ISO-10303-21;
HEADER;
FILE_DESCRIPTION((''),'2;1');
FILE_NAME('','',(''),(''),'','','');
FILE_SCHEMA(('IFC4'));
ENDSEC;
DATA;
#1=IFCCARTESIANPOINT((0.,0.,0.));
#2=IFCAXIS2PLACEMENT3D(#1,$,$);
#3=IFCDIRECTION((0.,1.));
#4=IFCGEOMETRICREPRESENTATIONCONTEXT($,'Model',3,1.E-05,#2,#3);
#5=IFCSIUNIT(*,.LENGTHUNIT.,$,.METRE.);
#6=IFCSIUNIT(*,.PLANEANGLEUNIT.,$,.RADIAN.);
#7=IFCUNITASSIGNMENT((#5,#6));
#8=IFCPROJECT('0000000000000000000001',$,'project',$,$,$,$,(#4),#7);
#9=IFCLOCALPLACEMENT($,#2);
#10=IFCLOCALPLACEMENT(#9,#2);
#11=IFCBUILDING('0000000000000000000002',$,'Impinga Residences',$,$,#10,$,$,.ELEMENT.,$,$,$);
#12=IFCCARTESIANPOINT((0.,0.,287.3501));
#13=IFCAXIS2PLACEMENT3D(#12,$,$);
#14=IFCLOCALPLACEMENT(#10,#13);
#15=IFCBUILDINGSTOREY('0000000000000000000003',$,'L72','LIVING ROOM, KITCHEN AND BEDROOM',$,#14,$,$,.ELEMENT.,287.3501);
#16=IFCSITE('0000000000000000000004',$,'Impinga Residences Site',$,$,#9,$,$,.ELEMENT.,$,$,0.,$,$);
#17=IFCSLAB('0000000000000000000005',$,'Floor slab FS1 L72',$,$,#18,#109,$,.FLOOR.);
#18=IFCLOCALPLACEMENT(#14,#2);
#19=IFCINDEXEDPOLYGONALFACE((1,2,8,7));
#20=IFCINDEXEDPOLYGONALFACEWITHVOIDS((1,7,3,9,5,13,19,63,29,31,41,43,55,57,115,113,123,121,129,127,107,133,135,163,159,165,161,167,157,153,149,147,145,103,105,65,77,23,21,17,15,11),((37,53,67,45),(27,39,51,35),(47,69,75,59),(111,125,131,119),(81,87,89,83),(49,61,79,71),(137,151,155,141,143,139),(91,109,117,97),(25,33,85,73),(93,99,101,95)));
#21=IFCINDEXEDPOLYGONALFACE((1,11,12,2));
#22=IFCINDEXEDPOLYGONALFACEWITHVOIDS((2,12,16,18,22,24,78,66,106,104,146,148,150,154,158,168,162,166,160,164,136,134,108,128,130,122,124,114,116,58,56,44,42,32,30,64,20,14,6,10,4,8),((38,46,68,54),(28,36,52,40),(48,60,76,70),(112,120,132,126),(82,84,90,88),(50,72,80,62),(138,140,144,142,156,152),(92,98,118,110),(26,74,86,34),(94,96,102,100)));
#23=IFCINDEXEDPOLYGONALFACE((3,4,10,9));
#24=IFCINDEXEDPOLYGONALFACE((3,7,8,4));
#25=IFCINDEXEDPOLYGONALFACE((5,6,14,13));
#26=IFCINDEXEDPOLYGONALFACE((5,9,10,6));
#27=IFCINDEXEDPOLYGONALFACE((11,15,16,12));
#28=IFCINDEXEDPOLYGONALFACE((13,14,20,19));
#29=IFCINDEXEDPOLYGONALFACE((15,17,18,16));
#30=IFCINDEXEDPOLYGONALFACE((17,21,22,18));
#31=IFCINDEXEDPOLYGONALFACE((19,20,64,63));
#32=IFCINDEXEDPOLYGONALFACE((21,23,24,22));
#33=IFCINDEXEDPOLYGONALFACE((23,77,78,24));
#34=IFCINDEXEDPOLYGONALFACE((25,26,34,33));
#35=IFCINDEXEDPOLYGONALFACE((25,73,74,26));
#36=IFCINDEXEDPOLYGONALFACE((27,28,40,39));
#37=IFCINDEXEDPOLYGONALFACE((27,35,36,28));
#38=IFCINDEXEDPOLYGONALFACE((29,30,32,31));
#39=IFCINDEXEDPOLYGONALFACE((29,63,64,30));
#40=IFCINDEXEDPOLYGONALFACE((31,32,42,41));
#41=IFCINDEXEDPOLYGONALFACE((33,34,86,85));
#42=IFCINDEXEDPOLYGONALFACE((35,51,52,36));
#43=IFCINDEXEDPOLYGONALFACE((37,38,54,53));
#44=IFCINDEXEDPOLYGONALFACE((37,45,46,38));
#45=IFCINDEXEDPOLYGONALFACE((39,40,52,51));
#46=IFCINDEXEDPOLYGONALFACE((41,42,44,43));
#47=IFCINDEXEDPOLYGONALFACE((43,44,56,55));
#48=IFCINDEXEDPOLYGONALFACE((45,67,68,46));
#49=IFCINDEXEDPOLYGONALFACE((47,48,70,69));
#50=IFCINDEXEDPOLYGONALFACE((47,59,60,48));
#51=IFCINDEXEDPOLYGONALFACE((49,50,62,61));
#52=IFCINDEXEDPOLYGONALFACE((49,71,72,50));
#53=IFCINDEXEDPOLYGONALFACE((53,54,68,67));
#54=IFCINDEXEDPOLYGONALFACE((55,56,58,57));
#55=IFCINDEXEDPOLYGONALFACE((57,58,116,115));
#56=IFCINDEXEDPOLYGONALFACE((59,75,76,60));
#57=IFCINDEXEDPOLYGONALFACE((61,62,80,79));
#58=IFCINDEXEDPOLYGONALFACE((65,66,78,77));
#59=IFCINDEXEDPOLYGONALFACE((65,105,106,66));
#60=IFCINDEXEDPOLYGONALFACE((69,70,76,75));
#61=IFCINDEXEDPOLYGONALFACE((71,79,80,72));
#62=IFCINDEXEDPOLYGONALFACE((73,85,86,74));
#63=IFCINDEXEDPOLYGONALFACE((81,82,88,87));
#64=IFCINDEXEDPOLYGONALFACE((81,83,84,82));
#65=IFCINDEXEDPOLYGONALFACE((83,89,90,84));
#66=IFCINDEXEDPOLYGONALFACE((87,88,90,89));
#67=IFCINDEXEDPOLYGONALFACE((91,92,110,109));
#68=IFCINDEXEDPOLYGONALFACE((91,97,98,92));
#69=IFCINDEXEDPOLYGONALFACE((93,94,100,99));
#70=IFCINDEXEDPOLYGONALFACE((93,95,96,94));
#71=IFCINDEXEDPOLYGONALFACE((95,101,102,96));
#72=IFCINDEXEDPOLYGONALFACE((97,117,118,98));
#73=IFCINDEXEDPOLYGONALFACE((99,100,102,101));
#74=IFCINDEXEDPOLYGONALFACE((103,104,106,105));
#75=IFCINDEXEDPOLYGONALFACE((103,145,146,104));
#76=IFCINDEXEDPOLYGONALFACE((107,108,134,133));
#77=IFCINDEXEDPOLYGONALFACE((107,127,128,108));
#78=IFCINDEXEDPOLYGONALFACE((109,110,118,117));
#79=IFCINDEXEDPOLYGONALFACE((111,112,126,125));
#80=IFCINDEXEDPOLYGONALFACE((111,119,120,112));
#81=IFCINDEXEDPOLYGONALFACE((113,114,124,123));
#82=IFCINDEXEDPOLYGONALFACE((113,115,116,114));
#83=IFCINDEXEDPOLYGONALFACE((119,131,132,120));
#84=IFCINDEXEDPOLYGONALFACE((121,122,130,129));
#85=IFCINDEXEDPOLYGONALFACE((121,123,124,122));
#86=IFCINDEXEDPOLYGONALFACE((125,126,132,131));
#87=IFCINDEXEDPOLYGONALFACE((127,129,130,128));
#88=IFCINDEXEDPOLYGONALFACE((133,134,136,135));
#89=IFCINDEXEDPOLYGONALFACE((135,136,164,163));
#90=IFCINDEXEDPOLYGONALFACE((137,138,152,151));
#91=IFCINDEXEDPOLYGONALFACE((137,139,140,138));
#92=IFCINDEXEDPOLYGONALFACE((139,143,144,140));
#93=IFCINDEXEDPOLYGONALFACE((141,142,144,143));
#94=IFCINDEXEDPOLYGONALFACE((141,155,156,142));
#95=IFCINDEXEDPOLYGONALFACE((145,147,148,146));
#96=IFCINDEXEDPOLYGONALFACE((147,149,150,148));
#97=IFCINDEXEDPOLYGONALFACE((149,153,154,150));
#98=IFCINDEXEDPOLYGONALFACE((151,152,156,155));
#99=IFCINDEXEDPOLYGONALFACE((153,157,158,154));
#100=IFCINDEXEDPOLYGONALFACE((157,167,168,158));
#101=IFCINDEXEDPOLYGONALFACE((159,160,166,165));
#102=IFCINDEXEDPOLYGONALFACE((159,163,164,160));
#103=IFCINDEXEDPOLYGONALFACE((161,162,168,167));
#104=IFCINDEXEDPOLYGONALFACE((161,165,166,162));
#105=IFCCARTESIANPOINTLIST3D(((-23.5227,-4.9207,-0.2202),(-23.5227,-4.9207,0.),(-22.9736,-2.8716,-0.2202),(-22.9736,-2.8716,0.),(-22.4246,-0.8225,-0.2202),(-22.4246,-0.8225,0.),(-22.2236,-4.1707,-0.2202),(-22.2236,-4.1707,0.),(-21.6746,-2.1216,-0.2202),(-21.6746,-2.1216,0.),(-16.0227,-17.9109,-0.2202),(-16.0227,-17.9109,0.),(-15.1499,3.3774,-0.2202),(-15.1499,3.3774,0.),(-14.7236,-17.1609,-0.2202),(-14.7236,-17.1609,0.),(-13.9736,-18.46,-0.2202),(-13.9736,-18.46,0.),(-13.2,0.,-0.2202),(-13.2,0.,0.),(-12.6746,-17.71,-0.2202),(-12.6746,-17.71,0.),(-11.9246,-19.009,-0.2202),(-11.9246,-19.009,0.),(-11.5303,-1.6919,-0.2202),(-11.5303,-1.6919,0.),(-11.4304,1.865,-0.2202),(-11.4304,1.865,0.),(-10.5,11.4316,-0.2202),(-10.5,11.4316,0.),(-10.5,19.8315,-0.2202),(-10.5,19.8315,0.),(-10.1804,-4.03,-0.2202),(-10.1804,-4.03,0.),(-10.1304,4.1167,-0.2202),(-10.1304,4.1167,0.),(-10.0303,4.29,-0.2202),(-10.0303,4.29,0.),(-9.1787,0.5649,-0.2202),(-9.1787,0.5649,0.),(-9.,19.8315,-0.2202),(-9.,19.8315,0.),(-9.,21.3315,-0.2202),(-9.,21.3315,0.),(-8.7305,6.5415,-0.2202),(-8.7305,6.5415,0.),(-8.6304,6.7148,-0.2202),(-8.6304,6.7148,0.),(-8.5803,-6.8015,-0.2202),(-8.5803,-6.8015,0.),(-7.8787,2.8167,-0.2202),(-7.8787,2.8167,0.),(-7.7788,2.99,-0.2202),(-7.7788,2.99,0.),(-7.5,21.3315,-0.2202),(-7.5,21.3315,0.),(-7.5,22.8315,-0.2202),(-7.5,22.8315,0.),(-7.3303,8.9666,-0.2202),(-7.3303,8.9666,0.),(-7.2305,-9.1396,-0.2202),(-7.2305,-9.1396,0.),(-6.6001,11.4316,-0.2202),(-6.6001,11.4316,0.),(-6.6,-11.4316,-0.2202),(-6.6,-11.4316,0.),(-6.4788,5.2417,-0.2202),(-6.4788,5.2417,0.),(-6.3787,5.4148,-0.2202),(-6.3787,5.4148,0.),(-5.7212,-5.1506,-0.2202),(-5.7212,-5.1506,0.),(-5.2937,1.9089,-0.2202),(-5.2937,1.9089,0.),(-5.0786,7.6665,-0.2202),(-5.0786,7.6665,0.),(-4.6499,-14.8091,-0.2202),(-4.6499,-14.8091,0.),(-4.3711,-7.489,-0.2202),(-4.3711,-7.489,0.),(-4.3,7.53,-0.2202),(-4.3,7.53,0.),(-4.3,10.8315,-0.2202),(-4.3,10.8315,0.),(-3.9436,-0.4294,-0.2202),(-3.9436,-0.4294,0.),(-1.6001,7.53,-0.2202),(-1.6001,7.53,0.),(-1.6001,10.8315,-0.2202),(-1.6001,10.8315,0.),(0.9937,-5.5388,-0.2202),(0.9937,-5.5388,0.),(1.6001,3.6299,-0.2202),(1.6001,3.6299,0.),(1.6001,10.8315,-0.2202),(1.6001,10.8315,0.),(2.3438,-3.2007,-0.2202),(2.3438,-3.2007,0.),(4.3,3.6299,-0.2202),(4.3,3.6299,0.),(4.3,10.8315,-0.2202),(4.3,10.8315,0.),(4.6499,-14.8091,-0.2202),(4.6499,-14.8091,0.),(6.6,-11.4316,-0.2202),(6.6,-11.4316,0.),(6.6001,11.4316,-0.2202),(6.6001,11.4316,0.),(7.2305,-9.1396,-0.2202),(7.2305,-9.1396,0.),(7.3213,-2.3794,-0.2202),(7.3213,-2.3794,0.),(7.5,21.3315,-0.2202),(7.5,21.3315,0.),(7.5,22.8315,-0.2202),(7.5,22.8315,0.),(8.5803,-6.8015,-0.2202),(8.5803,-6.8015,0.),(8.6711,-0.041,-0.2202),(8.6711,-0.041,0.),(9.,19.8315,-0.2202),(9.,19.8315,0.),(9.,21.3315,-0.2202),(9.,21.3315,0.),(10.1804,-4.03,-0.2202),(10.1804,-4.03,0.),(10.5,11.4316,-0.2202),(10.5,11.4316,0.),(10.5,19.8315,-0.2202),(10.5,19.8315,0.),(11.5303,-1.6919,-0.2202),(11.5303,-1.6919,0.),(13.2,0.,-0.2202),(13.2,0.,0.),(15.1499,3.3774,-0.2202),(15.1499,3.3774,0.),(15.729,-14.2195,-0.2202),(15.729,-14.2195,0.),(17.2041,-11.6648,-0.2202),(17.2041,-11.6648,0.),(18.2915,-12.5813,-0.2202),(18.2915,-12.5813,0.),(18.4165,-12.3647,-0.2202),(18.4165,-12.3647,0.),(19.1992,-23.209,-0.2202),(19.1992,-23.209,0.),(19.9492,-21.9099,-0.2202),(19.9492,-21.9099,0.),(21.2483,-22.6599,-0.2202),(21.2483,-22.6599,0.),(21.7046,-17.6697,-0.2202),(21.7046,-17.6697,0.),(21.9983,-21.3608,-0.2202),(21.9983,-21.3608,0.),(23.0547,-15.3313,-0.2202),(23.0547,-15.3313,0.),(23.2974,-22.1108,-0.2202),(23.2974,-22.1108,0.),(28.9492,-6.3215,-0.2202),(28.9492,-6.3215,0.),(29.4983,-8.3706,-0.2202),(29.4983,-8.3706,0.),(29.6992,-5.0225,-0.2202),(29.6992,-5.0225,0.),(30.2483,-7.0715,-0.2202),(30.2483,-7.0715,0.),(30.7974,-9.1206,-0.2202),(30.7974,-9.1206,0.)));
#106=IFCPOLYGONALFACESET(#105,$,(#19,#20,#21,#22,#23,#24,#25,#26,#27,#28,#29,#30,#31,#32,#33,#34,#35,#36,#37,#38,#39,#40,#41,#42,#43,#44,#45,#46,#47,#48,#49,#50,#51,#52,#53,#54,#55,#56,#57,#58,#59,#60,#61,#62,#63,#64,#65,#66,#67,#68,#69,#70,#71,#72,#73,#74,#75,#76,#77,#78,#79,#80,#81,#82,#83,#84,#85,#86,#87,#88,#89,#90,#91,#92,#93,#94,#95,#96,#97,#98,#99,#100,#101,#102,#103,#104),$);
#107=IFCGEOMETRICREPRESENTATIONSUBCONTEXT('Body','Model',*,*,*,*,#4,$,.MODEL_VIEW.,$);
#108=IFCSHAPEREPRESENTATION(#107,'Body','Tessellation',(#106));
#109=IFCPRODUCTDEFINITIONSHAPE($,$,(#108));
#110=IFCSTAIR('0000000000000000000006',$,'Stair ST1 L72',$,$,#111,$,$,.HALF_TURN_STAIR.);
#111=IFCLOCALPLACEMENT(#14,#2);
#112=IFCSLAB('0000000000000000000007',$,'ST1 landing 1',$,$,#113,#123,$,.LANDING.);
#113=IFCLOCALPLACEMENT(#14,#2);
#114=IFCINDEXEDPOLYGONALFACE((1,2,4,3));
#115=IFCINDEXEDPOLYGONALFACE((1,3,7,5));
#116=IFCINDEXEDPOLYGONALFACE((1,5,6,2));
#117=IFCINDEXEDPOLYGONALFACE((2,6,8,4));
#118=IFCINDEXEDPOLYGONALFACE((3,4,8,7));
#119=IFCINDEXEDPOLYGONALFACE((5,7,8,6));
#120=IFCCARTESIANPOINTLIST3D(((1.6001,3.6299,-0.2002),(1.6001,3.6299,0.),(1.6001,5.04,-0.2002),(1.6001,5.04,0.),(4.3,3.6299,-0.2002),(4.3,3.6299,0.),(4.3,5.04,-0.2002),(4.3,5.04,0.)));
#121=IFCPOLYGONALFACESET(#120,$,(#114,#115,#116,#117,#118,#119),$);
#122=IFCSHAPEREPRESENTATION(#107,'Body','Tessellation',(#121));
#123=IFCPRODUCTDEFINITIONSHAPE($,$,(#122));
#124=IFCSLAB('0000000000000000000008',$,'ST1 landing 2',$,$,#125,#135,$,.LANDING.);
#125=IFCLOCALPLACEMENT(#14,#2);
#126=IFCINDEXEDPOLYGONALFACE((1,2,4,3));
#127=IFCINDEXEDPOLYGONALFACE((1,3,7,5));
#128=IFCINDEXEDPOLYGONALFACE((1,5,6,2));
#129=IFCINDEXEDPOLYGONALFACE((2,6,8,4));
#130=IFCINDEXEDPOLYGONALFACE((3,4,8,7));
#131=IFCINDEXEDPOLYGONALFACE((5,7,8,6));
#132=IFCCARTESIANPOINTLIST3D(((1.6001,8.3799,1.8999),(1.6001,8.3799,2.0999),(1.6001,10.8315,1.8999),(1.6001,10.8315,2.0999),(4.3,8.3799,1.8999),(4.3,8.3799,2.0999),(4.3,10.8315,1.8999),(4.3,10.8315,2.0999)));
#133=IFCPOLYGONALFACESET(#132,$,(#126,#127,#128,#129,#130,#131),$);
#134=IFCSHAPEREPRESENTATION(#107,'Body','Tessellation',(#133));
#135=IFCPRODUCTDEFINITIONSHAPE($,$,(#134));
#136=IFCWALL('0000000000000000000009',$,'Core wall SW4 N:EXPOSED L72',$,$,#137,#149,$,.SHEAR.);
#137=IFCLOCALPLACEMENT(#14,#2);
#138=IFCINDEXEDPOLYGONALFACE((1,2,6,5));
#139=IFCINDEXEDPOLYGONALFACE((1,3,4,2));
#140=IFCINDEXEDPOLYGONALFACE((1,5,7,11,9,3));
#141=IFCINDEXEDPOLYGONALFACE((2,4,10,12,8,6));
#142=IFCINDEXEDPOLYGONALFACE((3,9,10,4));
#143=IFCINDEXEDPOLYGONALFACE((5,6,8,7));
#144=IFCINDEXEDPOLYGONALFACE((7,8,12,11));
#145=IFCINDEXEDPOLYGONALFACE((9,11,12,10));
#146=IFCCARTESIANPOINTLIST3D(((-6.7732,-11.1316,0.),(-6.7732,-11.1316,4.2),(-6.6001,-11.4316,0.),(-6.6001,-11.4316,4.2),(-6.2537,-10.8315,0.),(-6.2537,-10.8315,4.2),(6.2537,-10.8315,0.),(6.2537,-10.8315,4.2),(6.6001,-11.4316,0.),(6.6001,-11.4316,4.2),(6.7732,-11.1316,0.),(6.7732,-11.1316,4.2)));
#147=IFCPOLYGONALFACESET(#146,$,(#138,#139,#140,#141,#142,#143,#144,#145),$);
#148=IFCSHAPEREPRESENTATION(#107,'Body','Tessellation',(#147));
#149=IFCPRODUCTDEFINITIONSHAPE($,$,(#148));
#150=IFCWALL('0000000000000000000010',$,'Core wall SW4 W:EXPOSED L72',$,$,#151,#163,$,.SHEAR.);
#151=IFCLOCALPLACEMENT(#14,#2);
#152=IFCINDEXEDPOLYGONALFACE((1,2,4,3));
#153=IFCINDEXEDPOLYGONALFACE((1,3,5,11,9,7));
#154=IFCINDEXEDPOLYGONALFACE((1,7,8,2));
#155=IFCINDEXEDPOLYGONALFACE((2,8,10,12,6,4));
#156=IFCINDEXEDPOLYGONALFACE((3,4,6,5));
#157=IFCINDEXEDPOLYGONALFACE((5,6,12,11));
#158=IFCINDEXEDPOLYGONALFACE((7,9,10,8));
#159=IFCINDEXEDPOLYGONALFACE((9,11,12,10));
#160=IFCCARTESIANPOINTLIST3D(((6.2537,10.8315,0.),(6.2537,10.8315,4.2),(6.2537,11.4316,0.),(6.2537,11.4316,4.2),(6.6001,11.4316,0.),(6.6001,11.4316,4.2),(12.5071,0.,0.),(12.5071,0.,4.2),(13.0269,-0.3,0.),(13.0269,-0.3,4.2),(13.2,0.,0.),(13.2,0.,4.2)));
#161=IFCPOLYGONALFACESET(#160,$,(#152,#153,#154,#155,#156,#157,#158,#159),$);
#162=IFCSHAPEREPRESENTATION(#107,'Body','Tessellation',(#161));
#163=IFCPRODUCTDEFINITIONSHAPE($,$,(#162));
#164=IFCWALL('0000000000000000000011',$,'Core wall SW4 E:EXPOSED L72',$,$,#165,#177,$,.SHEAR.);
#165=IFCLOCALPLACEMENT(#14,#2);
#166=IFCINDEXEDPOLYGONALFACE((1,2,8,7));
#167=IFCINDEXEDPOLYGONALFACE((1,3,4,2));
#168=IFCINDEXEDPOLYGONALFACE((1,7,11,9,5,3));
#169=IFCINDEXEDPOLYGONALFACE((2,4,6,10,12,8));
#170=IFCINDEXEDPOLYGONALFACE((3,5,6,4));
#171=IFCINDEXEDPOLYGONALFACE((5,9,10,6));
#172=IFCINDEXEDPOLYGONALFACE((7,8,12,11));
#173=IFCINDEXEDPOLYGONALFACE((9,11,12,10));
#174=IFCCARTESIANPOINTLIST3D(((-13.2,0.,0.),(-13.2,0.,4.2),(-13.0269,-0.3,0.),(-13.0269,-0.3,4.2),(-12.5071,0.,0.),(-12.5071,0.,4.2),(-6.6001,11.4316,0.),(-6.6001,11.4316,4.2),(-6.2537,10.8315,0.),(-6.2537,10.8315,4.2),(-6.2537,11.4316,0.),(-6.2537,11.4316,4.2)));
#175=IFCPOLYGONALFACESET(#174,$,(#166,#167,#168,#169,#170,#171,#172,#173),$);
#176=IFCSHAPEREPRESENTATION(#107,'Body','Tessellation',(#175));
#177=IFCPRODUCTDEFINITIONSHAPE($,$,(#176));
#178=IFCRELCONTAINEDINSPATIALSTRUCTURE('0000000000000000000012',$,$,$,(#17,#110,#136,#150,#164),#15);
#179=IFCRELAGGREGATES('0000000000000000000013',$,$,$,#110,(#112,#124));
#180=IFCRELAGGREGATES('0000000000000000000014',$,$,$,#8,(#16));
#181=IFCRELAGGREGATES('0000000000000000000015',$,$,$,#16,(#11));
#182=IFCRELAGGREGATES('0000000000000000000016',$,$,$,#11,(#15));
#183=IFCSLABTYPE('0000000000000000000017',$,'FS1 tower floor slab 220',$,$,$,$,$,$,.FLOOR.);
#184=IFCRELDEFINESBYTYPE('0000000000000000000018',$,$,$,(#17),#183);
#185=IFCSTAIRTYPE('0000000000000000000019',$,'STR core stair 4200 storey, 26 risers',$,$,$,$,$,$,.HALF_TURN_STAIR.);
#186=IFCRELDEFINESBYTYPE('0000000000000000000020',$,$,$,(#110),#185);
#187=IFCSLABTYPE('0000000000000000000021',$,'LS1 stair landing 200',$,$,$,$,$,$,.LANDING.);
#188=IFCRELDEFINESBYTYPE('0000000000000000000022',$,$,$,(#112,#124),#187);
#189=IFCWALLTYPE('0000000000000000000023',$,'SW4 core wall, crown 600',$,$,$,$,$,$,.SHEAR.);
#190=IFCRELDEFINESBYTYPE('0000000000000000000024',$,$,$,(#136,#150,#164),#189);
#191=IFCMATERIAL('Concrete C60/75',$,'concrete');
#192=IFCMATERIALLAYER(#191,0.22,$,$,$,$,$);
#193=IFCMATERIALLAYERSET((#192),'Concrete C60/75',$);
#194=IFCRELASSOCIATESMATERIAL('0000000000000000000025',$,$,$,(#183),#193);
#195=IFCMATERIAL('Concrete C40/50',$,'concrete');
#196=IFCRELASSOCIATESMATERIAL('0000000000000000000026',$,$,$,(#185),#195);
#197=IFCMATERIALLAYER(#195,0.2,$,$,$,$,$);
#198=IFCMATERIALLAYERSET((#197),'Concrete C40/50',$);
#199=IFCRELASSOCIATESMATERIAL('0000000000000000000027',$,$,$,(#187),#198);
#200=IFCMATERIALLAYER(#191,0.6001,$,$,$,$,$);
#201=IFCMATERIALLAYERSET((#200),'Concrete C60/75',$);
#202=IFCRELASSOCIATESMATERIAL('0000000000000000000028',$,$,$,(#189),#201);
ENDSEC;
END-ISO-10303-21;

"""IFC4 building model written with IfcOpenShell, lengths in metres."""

from ifc_helpers import new_model, si_unit, direction, frame, origin, place, context, subcontext, project, spatial, polyline, outline, extrude, material, layer, layer_set, type_object, element, aggregate, save


model = new_model("IFC4")

# Units and contexts
model_context = context("Model", 3, precision=1e-05, world=origin(), true_north=direction((0.0, 1.0)))
body_context = subcontext(model_context, "Body", "Model", "MODEL_VIEW")
ifc_project = project(units=[si_unit("LENGTHUNIT", "METRE"), si_unit("PLANEANGLEUNIT", "RADIAN")], contexts=[model_context])

# Site, building, storey
site_placement = place(None, origin())
site = spatial("IfcSite", under=ifc_project, at=site_placement, Name="Impinga Residences Site", CompositionType="ELEMENT", RefElevation=0.0)
building_placement = place(site_placement, origin())
building = spatial("IfcBuilding", under=site, at=building_placement, Name="Impinga Residences", CompositionType="ELEMENT")
storey_placement = place(building_placement, frame((0.0, 0.0, 287.3501)))
storey = spatial("IfcBuildingStorey", under=building, at=storey_placement, Name="L72", Description="LIVING ROOM, KITCHEN AND BEDROOM", CompositionType="ELEMENT", Elevation=287.3501)

# Slab
ifc_material_1 = material(Name="Concrete C60/75", Category="concrete")
ifc_layer_1 = layer(ifc_material_1, 0.22)
ifc_layer_set_1 = layer_set([ifc_layer_1], Name="Concrete C60/75")
slab_type_1 = type_object("IfcSlabType", Name="FS1 tower floor slab 220", PredefinedType="FLOOR", material=ifc_layer_set_1)
slab_1_placement = place(storey_placement, frame((0.0, 0.0, -0.2202)))
element("IfcSlab", 1, at=slab_1_placement, inside=storey, type_object=slab_type_1, Name="Floor slab FS1 L72", PredefinedType="FLOOR", context=body_context, shape_type="SweptSolid", body=[
    extrude(outline(polyline([(28.9492, -6.3215), (30.2483, -7.0715), (29.4983, -8.3706), (30.7974, -9.1206), (23.2974, -22.1108), (21.9983, -21.3608), (21.2483, -22.6599), (19.9492, -21.9099), (19.1992, -23.209), (4.6499, -14.8091), (9.9001, -5.7158), (6.6001, -11.4316), (-6.6001, -11.4316), (-9.9001, -5.7158), (-4.6499, -14.8091), (-11.9246, -19.009), (-12.6746, -17.71), (-13.9736, -18.46), (-14.7236, -17.1609), (-16.0227, -17.9109), (-23.5227, -4.9207), (-22.2236, -4.1707), (-22.9736, -2.8716), (-21.6746, -2.1216), (-22.4246, -0.8225), (-15.1499, 3.3774), (-13.2, 0.0), (-6.6001, 11.4316), (-10.5, 11.4316), (-10.5, 19.8315), (-9.0, 19.8315), (-9.0, 21.3315), (-7.5, 21.3315), (-7.5, 22.8315), (7.5, 22.8315), (7.5, 21.3315), (9.0, 21.3315), (9.0, 19.8315), (10.5, 19.8315), (10.5, 11.4316), (6.6001, 11.4316), (13.2, 0.0), (15.1499, 3.3774), (29.6992, -5.0225), (28.9492, -6.3215)]), holes=[polyline([(-8.5803, -6.8015), (-7.2305, -9.1396), (-4.3711, -7.489), (-5.7212, -5.1506), (-8.5803, -6.8015)]), polyline([(-5.2937, 1.9089), (-11.5303, -1.6919), (-10.1804, -4.03), (-3.9436, -0.4294), (-5.2937, 1.9089)]), polyline([(-7.8787, 2.8167), (-10.1304, 4.1167), (-11.4304, 1.865), (-9.1787, 0.5649), (-7.8787, 2.8167)]), polyline([(-8.7305, 6.5415), (-10.0303, 4.29), (-7.7788, 2.99), (-6.4788, 5.2417), (-8.7305, 6.5415)]), polyline([(-5.0786, 7.6665), (-7.3303, 8.9666), (-8.6304, 6.7148), (-6.3787, 5.4148), (-5.0786, 7.6665)]), polyline([(-1.6001, 7.53), (-1.6001, 10.8315), (-4.3, 10.8315), (-4.3, 7.53), (-1.6001, 7.53)]), polyline([(21.7046, -17.6697), (23.0547, -15.3313), (18.2915, -12.5813), (18.4165, -12.3647), (17.2041, -11.6648), (15.729, -14.2195), (21.7046, -17.6697)]), polyline([(7.2305, -9.1396), (8.5803, -6.8015), (2.3438, -3.2007), (0.9937, -5.5388), (7.2305, -9.1396)]), polyline([(7.3213, -2.3794), (10.1804, -4.03), (11.5303, -1.6919), (8.6711, -0.041), (7.3213, -2.3794)]), polyline([(4.3, 3.6299), (4.3, 10.8315), (1.6001, 10.8315), (1.6001, 3.6299), (4.3, 3.6299)])]), origin(), (0.0, 0.0, 1.0), 0.2202),
])

# Stair, slabs
ifc_material_2 = material(Name="Concrete C40/50", Category="concrete")
stair_type = type_object("IfcStairType", Name="STR core stair 4200 storey, 26 risers", PredefinedType="HALF_TURN_STAIR", material=ifc_material_2)
stair_placement = place(storey_placement, origin())
stair = element("IfcStair", 2, at=stair_placement, inside=storey, type_object=stair_type, Name="Stair ST1 L72", PredefinedType="HALF_TURN_STAIR")
ifc_layer_2 = layer(ifc_material_2, 0.2)
ifc_layer_set_2 = layer_set([ifc_layer_2], Name="Concrete C40/50")
slab_type_2 = type_object("IfcSlabType", Name="LS1 stair landing 200", PredefinedType="LANDING", material=ifc_layer_set_2)
slab_2_placement = place(storey_placement, frame((0.0, 0.0, -0.2002)))
slab_2 = element("IfcSlab", 3, at=slab_2_placement, type_object=slab_type_2, Name="ST1 landing 1", PredefinedType="LANDING", context=body_context, shape_type="SweptSolid", body=[
    extrude(outline(polyline([(1.6001, 3.6299), (4.3, 3.6299), (4.3, 5.04), (1.6001, 5.04), (1.6001, 3.6299)])), origin(), (0.0, 0.0, 1.0), 0.2002),
])
slab_3_placement = place(storey_placement, frame((0.0, 0.0, 1.8999)))
slab_3 = element("IfcSlab", 4, at=slab_3_placement, type_object=slab_type_2, Name="ST1 landing 2", PredefinedType="LANDING", context=body_context, shape_type="SweptSolid", body=[
    extrude(outline(polyline([(1.6001, 8.3799), (4.3, 8.3799), (4.3, 10.8315), (1.6001, 10.8315), (1.6001, 8.3799)])), origin(), (0.0, 0.0, 1.0), 0.2),
])
aggregate(stair, [slab_2, slab_3])

# Walls
ifc_layer_3 = layer(ifc_material_1, 0.6001)
ifc_layer_set_3 = layer_set([ifc_layer_3], Name="Concrete C60/75")
wall_type_1 = type_object("IfcWallType", Name="SW4 core wall, crown 600", PredefinedType="SHEAR", material=ifc_layer_set_3)
wall_1_placement = place(storey_placement, origin())
element("IfcWall", 5, at=wall_1_placement, inside=storey, type_object=wall_type_1, Name="Core wall SW4 N:EXPOSED L72", PredefinedType="SHEAR", context=body_context, shape_type="SweptSolid", body=[
    extrude(outline(polyline([(-6.6001, -11.4316), (6.6001, -11.4316), (6.7732, -11.1316), (6.2537, -10.8315), (-6.2537, -10.8315), (-6.7732, -11.1316), (-6.6001, -11.4316)])), origin(), (0.0, 0.0, 1.0), 4.2),
])
wall_2_placement = place(storey_placement, origin())
element("IfcWall", 6, at=wall_2_placement, inside=storey, type_object=wall_type_1, Name="Core wall SW4 W:EXPOSED L72", PredefinedType="SHEAR", context=body_context, shape_type="SweptSolid", body=[
    extrude(outline(polyline([(13.2, 0.0), (6.6001, 11.4316), (6.2537, 11.4316), (6.2537, 10.8315), (12.5071, 0.0), (13.0269, -0.3), (13.2, 0.0)])), origin(), (0.0, 0.0, 1.0), 4.2),
])
wall_3_placement = place(storey_placement, origin())
element("IfcWall", 7, at=wall_3_placement, inside=storey, type_object=wall_type_1, Name="Core wall SW4 E:EXPOSED L72", PredefinedType="SHEAR", context=body_context, shape_type="SweptSolid", body=[
    extrude(outline(polyline([(-6.6001, 11.4316), (-13.2, 0.0), (-13.0269, -0.3), (-12.5071, 0.0), (-6.2537, 10.8315), (-6.2537, 11.4316), (-6.6001, 11.4316)])), origin(), (0.0, 0.0, 1.0), 4.2),
])

save(model, "model.ifc")
